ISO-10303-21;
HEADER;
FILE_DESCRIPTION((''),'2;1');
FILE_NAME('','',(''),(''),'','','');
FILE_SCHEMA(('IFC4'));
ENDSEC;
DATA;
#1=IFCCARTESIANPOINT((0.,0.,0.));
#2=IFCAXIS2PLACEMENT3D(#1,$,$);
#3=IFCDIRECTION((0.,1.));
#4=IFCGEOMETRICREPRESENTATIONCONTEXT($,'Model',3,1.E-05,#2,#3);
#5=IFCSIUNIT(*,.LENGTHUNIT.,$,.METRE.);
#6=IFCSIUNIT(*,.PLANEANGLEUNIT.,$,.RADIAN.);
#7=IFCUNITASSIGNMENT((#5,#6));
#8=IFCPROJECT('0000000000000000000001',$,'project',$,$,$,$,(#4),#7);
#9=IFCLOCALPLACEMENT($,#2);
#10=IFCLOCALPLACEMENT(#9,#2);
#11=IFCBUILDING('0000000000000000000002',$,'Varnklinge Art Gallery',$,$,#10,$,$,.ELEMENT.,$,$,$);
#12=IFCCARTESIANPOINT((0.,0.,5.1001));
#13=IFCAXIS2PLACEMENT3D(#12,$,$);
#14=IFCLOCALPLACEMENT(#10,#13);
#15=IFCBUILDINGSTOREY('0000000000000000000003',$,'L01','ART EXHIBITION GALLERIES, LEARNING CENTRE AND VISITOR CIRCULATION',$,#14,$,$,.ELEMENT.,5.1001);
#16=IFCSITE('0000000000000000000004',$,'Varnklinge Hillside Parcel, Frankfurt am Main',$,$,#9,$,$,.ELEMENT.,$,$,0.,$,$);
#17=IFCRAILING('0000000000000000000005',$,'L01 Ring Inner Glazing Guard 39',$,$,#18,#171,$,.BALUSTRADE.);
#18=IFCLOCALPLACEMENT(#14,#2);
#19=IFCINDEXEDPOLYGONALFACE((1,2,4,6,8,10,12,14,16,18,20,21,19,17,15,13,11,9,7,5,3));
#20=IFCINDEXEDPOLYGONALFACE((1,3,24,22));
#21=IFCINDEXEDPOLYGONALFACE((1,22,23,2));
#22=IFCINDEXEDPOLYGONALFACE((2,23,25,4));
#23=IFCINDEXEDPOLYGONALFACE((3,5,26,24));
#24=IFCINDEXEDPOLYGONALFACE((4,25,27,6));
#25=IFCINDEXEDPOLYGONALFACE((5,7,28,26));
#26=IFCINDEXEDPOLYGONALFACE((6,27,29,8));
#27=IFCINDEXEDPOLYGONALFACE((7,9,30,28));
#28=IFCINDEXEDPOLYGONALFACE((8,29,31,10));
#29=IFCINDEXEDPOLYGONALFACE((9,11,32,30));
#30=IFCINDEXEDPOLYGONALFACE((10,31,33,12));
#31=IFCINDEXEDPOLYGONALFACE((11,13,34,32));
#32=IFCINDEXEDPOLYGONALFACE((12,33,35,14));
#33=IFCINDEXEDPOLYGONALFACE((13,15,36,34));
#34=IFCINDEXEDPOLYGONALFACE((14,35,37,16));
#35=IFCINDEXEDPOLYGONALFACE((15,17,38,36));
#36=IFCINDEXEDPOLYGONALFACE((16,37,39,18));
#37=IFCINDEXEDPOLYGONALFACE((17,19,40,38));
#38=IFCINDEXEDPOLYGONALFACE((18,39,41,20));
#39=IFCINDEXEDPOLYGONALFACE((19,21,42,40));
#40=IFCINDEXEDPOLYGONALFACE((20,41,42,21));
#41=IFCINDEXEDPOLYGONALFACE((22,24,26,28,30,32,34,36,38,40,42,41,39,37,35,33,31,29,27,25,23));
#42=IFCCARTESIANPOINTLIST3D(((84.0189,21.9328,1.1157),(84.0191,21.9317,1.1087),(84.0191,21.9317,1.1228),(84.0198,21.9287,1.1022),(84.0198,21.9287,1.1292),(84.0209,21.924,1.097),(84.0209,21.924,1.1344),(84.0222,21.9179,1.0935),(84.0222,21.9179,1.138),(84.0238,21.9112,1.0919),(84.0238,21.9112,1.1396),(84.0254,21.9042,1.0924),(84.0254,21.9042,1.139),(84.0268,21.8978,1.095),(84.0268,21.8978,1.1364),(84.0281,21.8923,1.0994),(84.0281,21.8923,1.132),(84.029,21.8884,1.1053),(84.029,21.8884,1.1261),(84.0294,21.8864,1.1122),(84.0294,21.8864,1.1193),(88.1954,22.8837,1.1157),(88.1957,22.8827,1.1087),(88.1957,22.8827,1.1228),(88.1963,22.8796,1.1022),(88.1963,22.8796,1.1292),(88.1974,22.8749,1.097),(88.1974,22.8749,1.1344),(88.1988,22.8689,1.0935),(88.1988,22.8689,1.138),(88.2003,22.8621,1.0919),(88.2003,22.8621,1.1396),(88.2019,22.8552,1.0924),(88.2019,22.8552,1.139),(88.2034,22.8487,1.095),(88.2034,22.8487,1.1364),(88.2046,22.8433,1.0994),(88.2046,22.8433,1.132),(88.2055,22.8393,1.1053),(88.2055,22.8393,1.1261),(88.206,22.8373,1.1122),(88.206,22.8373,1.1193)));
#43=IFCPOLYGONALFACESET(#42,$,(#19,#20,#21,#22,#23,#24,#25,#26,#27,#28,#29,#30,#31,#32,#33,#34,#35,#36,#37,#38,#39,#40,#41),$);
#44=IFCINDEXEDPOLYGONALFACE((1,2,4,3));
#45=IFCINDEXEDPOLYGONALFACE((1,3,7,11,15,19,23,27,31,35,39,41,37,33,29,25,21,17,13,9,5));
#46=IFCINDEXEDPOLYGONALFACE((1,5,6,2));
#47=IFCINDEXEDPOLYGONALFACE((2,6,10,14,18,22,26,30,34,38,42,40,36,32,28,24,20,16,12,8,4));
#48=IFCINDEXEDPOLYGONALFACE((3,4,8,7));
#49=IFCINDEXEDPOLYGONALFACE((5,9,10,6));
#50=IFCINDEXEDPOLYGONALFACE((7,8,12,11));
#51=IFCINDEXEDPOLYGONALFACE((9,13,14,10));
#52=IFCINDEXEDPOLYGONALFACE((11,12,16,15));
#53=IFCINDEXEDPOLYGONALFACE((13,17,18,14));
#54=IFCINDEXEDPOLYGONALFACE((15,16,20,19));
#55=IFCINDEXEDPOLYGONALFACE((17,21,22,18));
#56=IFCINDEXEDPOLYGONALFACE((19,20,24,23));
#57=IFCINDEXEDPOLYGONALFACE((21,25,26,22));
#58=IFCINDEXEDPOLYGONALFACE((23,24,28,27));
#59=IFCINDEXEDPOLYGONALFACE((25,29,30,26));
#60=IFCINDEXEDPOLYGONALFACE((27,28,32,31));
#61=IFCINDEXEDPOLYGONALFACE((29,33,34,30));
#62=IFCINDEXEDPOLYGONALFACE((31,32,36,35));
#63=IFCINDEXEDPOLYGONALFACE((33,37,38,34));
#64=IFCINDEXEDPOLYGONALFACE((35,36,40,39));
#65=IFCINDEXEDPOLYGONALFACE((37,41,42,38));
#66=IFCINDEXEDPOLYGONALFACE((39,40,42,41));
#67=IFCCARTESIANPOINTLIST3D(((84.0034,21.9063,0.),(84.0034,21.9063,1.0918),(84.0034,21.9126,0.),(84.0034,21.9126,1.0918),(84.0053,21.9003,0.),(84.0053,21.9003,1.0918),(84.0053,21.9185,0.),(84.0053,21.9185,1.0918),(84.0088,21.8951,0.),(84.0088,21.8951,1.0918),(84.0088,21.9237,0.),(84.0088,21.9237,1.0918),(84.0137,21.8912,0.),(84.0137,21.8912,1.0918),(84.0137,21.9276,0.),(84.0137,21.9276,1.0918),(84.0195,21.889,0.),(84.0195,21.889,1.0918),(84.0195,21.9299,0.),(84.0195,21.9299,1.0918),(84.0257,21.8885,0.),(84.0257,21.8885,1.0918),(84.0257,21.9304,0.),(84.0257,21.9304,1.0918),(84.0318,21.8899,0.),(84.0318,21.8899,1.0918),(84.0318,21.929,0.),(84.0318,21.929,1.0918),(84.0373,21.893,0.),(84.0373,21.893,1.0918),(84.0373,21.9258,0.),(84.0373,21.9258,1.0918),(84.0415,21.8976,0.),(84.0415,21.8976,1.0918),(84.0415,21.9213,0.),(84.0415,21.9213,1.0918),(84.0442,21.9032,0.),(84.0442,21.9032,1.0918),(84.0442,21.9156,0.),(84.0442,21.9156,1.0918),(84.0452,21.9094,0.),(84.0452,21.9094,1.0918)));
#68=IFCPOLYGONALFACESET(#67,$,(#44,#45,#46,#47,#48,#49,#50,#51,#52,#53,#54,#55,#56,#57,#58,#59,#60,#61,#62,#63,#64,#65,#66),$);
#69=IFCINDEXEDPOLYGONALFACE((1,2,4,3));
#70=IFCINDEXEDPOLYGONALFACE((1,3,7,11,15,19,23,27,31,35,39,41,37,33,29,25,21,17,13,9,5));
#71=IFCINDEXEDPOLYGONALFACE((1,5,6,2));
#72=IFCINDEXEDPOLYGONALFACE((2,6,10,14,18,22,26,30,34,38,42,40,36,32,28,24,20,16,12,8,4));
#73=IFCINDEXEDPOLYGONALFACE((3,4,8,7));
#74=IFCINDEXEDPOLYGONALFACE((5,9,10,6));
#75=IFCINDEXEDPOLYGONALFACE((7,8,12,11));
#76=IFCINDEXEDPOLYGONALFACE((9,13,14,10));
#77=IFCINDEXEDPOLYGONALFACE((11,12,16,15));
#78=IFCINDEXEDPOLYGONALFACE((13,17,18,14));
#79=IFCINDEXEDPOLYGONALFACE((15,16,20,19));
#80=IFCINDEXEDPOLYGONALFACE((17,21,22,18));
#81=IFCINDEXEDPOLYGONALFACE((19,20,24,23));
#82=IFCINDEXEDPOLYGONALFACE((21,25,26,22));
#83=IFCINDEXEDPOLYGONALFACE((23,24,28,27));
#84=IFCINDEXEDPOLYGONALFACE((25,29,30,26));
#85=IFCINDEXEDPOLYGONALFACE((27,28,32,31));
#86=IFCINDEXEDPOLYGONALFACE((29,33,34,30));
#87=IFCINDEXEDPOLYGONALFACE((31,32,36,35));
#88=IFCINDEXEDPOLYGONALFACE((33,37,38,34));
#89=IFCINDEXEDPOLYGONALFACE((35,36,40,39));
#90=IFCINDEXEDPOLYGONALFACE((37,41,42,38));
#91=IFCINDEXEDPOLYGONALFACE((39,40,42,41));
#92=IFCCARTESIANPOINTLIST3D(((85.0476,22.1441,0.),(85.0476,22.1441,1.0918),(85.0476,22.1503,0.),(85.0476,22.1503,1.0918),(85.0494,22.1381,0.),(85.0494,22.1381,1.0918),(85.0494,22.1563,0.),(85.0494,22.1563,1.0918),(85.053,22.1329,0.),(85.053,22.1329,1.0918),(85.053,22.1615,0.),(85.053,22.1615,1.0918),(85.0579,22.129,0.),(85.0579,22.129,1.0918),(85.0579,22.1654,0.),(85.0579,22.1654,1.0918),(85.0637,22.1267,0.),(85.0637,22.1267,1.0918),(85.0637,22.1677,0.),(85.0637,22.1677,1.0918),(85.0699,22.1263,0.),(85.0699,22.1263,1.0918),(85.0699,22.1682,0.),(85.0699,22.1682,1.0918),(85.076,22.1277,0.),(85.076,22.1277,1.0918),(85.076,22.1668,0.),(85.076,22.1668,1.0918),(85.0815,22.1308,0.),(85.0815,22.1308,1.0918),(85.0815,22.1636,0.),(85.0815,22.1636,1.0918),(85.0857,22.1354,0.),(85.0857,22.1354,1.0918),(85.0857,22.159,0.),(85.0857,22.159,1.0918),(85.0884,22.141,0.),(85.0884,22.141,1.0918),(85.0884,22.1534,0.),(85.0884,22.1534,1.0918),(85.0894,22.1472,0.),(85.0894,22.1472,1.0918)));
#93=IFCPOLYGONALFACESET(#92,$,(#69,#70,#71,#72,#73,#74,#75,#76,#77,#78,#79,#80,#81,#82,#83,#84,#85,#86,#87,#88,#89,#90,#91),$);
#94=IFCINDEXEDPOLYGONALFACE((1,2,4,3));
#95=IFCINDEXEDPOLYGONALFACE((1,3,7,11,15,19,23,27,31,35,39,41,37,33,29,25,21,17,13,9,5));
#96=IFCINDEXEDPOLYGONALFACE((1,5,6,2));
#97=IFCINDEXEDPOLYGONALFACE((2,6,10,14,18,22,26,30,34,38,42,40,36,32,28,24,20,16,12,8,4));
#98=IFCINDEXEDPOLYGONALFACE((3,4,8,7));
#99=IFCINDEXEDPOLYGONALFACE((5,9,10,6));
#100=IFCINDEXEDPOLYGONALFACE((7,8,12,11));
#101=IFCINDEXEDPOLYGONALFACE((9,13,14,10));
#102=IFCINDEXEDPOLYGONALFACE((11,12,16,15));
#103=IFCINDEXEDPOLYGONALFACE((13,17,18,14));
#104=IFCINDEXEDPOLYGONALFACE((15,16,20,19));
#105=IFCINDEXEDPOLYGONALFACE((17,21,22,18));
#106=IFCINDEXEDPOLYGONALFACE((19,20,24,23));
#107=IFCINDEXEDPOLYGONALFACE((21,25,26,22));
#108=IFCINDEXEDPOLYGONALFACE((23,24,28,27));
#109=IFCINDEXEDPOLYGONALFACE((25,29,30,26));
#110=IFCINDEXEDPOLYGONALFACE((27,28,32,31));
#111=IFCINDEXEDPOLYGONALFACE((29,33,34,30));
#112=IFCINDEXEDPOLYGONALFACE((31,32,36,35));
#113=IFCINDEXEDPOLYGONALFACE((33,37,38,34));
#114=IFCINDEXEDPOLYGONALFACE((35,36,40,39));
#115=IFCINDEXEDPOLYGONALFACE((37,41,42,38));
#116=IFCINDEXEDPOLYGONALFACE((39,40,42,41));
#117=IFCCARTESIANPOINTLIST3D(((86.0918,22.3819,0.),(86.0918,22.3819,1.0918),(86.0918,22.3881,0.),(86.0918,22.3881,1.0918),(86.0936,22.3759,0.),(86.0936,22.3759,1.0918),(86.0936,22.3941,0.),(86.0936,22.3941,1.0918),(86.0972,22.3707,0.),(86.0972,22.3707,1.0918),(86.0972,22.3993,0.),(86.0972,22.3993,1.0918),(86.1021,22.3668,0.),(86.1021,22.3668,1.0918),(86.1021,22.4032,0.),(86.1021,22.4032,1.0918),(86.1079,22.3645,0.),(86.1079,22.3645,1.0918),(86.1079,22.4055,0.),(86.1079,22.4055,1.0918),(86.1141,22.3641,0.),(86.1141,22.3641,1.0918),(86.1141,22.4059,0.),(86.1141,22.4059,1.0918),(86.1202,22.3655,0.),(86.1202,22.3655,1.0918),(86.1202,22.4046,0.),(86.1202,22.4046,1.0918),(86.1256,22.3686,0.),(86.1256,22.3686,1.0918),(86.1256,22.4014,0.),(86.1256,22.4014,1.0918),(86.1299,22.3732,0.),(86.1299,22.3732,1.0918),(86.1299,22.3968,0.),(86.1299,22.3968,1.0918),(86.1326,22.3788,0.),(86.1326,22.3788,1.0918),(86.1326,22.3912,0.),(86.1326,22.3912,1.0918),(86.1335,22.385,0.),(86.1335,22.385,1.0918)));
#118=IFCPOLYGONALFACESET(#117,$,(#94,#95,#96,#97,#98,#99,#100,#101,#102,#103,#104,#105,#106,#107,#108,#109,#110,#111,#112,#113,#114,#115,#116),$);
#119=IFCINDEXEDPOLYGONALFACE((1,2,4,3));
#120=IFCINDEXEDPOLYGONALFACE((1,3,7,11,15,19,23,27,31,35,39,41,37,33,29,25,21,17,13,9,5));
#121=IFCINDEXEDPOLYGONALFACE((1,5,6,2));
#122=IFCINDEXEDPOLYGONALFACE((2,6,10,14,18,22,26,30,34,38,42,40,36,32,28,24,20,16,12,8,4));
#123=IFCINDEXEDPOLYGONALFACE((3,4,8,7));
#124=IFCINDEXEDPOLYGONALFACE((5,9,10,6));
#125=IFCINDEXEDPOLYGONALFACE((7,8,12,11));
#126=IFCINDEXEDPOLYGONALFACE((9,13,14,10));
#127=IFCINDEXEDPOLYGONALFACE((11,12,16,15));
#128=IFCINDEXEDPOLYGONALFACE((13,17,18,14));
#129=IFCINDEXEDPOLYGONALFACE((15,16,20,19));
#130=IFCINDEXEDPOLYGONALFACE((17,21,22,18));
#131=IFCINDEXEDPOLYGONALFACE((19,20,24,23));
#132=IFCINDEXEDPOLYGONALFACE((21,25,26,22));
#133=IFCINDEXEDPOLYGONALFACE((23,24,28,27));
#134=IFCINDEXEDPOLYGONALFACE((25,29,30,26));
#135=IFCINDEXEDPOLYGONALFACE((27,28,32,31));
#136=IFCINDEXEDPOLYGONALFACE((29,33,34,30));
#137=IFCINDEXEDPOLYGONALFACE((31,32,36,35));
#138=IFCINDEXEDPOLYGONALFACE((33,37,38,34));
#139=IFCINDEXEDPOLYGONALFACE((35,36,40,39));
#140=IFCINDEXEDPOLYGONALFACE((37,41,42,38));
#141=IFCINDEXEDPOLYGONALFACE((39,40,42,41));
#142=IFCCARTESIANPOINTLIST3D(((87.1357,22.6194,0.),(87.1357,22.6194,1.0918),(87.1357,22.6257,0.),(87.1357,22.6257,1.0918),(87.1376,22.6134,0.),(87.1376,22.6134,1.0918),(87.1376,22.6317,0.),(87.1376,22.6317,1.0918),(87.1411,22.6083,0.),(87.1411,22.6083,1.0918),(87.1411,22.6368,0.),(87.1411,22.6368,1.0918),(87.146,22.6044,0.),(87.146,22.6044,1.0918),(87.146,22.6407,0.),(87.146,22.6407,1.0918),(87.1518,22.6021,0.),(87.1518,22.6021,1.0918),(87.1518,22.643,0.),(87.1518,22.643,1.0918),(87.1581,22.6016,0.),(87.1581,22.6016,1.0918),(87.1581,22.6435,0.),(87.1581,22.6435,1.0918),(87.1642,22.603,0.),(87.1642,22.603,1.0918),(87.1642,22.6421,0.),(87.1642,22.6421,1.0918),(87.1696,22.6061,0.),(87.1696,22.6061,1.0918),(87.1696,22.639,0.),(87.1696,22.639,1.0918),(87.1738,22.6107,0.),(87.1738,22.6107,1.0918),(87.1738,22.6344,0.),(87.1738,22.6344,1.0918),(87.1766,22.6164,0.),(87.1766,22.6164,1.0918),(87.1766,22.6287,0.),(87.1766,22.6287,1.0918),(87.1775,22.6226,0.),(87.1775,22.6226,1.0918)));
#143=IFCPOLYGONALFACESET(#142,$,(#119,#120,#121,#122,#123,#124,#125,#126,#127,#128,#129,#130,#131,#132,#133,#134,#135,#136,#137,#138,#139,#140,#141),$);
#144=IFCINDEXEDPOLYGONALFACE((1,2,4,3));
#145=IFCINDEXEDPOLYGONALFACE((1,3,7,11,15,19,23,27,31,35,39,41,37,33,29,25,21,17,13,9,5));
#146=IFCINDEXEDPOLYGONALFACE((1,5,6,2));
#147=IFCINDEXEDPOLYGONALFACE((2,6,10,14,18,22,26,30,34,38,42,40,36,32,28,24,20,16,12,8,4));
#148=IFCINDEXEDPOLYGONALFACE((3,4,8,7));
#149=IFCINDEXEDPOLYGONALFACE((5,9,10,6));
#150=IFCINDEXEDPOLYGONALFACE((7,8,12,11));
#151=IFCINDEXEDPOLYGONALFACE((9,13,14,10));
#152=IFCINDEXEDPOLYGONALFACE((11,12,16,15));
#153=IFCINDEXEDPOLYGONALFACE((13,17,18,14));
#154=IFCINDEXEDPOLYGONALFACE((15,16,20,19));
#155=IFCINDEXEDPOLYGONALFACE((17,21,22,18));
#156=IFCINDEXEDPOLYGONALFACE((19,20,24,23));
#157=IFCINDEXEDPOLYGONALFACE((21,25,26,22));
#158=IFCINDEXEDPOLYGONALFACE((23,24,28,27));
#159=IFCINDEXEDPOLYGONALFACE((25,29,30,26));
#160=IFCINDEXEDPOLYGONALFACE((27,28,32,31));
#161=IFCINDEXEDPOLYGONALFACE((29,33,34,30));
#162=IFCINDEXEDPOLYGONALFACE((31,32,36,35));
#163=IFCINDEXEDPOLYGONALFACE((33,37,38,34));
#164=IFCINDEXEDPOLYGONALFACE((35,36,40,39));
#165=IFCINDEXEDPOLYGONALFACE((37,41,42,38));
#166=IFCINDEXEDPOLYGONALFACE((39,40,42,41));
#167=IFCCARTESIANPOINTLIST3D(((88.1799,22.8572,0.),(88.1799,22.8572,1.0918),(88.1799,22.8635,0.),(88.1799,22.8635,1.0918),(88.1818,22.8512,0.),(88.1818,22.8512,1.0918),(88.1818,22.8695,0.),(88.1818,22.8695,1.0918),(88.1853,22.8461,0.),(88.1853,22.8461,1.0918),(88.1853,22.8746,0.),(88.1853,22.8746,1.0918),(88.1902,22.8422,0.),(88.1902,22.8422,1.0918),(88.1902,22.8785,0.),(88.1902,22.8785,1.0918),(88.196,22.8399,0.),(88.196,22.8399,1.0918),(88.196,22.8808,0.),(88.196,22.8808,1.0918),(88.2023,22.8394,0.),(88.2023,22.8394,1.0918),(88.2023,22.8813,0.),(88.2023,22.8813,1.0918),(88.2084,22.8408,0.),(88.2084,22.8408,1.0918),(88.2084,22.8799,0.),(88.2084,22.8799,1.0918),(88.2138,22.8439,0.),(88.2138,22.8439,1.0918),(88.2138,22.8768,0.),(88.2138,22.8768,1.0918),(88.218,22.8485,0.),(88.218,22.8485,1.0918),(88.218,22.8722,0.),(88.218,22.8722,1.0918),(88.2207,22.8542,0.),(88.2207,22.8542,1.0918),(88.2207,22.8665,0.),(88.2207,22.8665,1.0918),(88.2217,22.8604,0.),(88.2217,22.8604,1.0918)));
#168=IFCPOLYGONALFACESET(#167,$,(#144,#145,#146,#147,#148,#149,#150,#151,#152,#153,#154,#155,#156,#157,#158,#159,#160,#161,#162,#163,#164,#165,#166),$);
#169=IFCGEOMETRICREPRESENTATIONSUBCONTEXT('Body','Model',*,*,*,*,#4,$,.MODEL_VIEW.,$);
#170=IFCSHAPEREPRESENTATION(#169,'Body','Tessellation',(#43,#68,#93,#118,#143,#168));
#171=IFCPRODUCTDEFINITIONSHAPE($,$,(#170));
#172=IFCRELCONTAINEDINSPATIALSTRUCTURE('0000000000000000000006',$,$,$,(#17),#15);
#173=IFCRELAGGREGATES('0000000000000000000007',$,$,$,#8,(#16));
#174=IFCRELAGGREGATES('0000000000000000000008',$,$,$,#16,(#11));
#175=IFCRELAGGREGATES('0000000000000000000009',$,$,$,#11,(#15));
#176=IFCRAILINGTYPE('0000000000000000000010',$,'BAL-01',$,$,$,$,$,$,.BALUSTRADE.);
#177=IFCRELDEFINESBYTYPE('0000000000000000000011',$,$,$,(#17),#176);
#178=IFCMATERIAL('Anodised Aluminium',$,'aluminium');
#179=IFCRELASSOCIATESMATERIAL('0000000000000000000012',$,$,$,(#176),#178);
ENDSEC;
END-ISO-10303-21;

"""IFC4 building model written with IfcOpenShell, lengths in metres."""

from ifc_helpers import new_model, si_unit, direction, frame, origin, origin_2d, place, context, subcontext, project, spatial, circle, extrude, material, type_object, element, save


model = new_model("IFC4")

# Units and contexts
model_context = context("Model", 3, precision=1e-05, world=origin(), true_north=direction((0.0, 1.0)))
body_context = subcontext(model_context, "Body", "Model", "MODEL_VIEW")
ifc_project = project(units=[si_unit("LENGTHUNIT", "METRE"), si_unit("PLANEANGLEUNIT", "RADIAN")], contexts=[model_context])

# Site, building, storey
site_placement = place(None, origin())
site = spatial("IfcSite", under=ifc_project, at=site_placement, Name="Varnklinge Hillside Parcel, Frankfurt am Main", CompositionType="ELEMENT", RefElevation=0.0)
building_placement = place(site_placement, origin())
building = spatial("IfcBuilding", under=site, at=building_placement, Name="Varnklinge Art Gallery", CompositionType="ELEMENT")
storey_placement = place(building_placement, frame((0.0, 0.0, 5.1001)))
storey = spatial("IfcBuildingStorey", under=building, at=storey_placement, Name="L01", Description="ART EXHIBITION GALLERIES, LEARNING CENTRE AND VISITOR CIRCULATION", CompositionType="ELEMENT", Elevation=5.1001)

# Railing
ifc_material_1 = material(Name="Anodised Aluminium", Category="aluminium")
railing_type = type_object("IfcRailingType", Name="BAL-01", PredefinedType="BALUSTRADE", material=ifc_material_1)
railing_placement = place(storey_placement, frame((84.0242, 21.9094, 0.0)))
element("IfcRailing", 1, at=railing_placement, inside=storey, type_object=railing_type, Name="L01 Ring Inner Glazing Guard 39", PredefinedType="BALUSTRADE", context=body_context, shape_type="SweptSolid", body=[
    extrude(circle(Radius=0.0239, at=origin_2d()), frame((0.0, 0.0, 1.1157), z_axis=(0.975046, 0.222003, 0.0), x_axis=(-0.222003, 0.975046, 0.0)), (0.0, 0.0, 1.0), 4.2834),
    extrude(circle(Radius=0.021, at=origin_2d()), origin(), (0.0, 0.0, 1.0), 1.0918),
    extrude(circle(Radius=0.021, at=origin_2d()), frame((1.0442, 0.2378, 0.0)), (0.0, 0.0, 1.0), 1.0918),
    extrude(circle(Radius=0.021, at=origin_2d()), frame((2.0884, 0.4756, 0.0)), (0.0, 0.0, 1.0), 1.0918),
    extrude(circle(Radius=0.021, at=origin_2d()), frame((3.1323, 0.7131, 0.0)), (0.0, 0.0, 1.0), 1.0918),
    extrude(circle(Radius=0.021, at=origin_2d()), frame((4.1765, 0.9509, 0.0)), (0.0, 0.0, 1.0), 1.0918),
])

save(model, "model.ifc")
